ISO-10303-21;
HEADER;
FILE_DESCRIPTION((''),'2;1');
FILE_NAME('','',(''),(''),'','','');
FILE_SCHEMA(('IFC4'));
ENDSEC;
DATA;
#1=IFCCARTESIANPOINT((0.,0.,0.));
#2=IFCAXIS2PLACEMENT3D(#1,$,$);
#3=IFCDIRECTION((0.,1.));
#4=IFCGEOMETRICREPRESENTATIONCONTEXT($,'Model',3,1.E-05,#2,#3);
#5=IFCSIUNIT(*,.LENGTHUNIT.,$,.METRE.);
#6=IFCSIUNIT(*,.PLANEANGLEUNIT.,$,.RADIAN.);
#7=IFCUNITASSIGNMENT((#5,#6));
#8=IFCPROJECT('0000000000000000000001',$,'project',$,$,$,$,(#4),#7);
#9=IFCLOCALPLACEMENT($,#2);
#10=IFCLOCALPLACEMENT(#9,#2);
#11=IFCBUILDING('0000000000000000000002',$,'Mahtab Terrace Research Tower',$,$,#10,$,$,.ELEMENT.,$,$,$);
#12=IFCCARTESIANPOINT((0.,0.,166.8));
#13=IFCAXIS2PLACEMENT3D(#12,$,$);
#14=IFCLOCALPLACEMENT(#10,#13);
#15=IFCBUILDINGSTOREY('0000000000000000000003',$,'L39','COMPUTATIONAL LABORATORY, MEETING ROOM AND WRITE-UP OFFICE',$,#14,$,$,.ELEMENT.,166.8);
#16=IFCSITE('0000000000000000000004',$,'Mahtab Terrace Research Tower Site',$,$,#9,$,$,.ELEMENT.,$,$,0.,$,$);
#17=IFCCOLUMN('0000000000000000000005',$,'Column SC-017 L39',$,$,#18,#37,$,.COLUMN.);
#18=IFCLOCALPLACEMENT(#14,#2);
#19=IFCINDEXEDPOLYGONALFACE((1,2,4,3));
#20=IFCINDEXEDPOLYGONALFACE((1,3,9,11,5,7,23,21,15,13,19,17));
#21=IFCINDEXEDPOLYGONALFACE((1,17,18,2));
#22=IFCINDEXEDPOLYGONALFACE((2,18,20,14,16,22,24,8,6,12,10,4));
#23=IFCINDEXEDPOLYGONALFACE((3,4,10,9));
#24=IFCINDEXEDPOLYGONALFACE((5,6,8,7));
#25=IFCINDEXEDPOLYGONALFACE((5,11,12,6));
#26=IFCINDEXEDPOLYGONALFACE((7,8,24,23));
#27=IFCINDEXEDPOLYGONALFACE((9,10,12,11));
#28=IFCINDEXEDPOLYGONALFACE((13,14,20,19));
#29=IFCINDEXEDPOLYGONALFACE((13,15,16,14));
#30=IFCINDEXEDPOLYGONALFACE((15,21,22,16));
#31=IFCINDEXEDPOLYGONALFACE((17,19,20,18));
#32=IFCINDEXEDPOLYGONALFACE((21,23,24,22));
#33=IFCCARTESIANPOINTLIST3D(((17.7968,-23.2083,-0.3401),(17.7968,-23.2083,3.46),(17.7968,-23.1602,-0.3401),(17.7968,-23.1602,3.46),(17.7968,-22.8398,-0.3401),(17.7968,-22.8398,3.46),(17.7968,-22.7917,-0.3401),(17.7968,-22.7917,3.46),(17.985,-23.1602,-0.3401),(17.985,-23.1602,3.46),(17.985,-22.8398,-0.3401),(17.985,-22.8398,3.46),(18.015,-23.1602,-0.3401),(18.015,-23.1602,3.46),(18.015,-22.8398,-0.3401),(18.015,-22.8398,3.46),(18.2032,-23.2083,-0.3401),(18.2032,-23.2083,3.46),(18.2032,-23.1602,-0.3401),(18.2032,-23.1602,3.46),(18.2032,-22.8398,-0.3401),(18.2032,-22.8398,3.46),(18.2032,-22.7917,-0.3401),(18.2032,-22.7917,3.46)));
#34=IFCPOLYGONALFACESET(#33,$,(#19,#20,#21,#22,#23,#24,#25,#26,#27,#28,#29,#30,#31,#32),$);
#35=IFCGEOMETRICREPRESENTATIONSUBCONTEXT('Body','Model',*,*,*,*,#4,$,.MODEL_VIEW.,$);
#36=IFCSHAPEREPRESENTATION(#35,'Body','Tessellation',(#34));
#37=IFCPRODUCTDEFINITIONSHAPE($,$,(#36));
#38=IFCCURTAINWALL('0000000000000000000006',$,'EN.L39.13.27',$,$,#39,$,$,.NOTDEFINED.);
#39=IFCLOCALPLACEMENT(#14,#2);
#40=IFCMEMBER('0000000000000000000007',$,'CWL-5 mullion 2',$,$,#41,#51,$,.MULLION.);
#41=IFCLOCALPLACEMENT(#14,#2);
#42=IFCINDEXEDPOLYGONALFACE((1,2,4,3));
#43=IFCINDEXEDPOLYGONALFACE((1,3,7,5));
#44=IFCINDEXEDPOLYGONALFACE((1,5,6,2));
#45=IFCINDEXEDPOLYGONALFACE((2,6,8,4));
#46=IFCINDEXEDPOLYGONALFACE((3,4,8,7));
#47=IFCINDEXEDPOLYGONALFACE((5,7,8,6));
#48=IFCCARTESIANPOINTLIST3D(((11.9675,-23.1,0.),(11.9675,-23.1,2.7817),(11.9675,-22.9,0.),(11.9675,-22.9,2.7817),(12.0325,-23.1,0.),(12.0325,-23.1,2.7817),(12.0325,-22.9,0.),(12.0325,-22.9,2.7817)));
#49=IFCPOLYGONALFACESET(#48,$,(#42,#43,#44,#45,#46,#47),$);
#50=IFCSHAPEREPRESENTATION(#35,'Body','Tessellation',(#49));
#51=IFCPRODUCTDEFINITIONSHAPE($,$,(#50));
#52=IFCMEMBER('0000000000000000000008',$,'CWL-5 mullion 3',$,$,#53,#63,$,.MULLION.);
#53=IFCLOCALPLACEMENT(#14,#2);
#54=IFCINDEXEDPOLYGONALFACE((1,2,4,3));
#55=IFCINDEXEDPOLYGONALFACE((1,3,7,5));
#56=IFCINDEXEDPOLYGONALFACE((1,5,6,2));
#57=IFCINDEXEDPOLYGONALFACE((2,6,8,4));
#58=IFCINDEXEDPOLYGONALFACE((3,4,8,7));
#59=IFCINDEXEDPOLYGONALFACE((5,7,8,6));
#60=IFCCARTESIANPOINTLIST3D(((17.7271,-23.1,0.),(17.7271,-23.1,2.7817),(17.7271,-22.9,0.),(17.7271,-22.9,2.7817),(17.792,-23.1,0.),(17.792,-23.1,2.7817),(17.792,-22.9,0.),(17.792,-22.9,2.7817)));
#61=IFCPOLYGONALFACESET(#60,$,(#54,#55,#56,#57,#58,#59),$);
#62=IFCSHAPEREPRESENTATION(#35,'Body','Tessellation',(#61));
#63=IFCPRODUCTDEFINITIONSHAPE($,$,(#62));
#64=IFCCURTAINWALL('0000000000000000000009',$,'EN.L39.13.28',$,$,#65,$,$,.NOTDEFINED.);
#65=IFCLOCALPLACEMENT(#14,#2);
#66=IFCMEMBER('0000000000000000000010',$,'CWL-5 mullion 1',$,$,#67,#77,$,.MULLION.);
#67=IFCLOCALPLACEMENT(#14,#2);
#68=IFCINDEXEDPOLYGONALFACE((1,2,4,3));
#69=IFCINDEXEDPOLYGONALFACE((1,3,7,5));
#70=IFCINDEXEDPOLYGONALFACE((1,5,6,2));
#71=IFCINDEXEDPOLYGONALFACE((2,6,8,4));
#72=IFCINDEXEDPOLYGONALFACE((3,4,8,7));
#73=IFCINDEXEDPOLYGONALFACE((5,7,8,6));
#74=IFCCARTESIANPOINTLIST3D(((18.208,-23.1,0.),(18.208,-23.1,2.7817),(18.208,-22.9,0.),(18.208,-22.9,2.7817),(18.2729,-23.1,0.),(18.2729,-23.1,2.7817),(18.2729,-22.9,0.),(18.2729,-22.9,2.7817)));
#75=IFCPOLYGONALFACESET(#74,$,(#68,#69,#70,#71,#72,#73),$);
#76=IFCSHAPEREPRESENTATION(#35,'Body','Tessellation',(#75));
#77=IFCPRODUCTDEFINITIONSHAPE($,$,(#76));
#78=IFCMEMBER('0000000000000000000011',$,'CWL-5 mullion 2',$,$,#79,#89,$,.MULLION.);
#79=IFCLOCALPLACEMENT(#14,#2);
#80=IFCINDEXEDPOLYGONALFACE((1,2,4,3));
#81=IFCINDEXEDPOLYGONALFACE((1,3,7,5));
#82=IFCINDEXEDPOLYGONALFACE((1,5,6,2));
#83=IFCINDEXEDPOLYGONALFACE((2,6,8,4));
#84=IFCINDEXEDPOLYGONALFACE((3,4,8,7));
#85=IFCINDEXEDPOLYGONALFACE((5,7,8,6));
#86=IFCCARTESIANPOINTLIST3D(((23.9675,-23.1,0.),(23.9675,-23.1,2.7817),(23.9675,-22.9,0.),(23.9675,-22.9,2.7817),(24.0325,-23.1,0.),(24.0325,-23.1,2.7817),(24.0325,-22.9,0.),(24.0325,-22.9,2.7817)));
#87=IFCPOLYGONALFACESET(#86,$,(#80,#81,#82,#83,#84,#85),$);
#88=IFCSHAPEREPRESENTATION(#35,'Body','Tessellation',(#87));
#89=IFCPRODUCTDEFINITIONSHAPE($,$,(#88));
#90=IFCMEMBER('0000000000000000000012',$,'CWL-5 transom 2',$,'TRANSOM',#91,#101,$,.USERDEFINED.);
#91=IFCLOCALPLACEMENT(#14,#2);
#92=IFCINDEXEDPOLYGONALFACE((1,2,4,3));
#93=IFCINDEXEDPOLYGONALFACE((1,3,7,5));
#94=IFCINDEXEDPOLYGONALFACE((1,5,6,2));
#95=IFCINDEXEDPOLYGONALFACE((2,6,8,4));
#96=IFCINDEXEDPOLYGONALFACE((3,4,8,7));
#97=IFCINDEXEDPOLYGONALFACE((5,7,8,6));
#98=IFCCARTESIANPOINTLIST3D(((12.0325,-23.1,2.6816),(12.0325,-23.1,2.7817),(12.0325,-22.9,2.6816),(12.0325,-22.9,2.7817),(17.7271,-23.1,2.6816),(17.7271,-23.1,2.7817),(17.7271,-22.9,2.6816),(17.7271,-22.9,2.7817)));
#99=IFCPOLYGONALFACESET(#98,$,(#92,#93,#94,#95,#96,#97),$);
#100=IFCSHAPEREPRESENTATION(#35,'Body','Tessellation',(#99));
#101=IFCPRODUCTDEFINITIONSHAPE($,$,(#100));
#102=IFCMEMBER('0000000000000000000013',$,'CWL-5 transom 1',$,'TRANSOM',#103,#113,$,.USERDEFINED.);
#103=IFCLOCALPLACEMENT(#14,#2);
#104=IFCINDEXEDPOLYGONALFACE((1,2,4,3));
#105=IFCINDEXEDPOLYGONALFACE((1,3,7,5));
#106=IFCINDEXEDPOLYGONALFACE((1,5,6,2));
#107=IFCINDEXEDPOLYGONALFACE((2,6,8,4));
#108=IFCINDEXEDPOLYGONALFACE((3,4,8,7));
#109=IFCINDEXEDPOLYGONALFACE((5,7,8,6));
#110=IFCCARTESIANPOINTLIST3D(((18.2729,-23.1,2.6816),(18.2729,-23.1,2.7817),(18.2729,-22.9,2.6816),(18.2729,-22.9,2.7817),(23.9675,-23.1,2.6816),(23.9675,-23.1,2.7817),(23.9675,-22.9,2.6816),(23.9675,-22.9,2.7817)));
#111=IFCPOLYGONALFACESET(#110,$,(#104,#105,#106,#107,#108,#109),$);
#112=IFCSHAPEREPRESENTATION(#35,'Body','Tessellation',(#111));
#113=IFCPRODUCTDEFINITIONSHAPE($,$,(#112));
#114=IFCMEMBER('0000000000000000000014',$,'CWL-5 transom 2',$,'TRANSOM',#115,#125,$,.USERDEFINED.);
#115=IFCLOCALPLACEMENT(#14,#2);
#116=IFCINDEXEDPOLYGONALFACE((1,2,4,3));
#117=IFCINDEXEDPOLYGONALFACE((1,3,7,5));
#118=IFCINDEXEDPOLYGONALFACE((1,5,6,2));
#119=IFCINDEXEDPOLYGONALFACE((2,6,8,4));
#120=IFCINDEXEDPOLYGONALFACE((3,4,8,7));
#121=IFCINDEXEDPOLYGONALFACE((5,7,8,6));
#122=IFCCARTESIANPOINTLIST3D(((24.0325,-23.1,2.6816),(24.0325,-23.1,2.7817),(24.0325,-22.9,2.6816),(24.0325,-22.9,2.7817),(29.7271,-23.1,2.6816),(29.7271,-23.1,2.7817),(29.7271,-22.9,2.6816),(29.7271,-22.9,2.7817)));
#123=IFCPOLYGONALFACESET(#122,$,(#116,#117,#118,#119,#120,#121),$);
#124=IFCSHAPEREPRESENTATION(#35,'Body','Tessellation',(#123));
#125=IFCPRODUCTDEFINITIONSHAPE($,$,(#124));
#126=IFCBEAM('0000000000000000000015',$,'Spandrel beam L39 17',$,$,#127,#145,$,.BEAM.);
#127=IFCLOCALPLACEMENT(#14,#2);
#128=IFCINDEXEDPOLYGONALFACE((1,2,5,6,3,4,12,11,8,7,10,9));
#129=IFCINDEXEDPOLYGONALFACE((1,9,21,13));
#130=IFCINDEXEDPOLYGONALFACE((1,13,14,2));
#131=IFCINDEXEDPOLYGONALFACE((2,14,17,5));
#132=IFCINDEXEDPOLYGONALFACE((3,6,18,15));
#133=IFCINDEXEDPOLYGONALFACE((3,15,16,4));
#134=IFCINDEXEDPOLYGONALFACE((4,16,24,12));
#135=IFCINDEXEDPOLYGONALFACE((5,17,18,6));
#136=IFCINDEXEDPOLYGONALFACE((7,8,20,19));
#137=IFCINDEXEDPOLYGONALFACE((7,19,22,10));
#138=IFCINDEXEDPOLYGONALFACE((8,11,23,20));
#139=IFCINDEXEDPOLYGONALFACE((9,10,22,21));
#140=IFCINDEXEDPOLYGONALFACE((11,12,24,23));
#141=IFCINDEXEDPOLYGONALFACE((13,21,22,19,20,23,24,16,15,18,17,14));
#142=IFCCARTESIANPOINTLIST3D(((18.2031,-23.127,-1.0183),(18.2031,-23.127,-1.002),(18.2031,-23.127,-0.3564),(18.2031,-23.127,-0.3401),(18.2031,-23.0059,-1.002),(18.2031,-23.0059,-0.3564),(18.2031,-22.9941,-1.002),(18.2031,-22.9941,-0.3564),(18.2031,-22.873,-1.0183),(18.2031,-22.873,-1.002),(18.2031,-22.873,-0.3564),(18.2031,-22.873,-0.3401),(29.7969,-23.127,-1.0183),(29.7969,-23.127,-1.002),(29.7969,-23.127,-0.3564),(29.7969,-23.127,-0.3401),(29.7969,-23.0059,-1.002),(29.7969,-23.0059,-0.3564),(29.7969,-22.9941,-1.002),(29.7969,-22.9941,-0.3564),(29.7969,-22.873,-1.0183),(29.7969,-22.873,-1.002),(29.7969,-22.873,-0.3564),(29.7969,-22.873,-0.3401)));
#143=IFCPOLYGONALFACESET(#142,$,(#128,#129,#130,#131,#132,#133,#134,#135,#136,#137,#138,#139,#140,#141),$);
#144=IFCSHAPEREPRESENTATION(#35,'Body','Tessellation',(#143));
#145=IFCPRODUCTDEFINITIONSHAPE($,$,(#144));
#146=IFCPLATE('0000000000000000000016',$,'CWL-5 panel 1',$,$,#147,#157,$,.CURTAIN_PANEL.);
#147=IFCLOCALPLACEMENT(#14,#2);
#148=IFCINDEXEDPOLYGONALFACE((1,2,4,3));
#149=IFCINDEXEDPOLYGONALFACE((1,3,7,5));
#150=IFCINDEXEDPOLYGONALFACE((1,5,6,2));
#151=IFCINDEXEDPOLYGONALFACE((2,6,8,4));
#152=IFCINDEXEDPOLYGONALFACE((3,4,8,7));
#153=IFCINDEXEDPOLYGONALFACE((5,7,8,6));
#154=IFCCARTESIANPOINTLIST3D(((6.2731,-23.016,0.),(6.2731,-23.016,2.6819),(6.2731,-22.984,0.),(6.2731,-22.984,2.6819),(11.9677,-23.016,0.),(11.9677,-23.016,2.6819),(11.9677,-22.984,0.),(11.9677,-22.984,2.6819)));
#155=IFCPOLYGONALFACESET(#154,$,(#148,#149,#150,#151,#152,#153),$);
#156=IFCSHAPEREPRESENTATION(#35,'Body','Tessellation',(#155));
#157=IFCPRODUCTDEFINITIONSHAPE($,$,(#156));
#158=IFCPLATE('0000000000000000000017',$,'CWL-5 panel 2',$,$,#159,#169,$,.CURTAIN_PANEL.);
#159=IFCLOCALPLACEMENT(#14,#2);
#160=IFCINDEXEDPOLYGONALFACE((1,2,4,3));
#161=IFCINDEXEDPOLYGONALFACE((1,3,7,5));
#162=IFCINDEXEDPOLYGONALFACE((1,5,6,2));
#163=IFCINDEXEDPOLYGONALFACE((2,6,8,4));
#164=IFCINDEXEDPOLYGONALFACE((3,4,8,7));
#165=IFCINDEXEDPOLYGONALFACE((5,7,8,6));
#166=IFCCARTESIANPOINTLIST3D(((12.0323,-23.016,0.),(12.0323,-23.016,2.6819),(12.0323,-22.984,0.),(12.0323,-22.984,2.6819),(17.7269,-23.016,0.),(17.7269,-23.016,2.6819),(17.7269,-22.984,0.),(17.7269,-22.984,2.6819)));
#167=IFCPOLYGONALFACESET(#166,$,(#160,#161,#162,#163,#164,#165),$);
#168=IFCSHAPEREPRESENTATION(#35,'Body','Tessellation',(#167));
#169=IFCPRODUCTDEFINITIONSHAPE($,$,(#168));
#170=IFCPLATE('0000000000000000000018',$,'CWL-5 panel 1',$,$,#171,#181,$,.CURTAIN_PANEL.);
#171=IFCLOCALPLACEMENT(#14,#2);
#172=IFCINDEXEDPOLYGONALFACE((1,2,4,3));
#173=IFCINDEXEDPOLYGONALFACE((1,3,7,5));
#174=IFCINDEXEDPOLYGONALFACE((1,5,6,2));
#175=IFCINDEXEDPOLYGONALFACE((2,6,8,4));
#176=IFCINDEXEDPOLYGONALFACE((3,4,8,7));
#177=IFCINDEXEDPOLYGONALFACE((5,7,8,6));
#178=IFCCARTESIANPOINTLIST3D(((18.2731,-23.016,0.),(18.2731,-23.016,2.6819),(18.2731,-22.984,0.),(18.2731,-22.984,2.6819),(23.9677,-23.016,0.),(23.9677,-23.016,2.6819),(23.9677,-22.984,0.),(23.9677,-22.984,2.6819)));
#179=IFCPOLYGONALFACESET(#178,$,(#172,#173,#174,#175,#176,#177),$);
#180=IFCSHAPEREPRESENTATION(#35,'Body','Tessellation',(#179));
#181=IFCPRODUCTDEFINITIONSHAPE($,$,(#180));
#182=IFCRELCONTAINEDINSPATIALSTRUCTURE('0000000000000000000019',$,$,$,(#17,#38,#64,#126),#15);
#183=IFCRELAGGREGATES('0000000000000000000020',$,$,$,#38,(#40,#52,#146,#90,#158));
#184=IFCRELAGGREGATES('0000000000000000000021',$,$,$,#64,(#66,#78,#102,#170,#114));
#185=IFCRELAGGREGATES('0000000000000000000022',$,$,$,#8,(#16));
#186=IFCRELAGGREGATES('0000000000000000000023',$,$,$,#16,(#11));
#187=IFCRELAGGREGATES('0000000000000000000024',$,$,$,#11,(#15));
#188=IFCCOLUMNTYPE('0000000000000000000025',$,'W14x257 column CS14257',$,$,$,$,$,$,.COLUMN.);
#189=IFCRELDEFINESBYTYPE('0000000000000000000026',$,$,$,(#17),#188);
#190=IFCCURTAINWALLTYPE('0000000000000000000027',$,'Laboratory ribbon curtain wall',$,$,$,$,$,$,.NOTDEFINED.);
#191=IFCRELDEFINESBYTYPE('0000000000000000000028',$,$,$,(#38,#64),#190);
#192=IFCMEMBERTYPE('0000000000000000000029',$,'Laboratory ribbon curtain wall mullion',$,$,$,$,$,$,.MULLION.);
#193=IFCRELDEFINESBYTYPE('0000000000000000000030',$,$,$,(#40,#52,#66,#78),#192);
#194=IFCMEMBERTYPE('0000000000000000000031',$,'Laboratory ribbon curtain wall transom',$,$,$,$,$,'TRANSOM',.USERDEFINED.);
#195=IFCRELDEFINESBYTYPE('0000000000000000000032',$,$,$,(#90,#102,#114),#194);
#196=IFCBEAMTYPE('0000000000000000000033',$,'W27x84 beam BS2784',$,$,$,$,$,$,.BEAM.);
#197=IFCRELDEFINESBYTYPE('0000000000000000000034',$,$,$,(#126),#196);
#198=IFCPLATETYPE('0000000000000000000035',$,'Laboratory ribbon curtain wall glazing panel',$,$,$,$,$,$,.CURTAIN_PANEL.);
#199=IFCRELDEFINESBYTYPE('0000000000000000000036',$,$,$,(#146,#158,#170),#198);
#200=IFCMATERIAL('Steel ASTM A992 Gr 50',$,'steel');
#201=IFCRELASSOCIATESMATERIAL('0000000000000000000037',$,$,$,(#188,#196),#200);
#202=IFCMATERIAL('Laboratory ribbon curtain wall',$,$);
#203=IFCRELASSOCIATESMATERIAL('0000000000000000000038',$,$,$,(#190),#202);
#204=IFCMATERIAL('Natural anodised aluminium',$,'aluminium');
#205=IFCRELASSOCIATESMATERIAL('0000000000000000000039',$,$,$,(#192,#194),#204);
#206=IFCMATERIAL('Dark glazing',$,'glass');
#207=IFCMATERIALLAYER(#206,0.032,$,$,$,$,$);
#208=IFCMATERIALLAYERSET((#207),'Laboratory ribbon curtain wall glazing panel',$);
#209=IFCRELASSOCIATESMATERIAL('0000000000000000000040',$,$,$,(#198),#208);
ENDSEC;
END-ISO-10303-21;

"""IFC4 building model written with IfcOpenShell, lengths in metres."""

from ifc_helpers import new_model, si_unit, direction, frame, origin, origin_2d, place, context, subcontext, project, spatial, rectangle, i_section, extrude, material, layer, layer_set, material_profile, profile_set, type_object, element, aggregate, save


model = new_model("IFC4")

# Units and contexts
model_context = context("Model", 3, precision=1e-05, world=origin(), true_north=direction((0.0, 1.0)))
body_context = subcontext(model_context, "Body", "Model", "MODEL_VIEW")
ifc_project = project(units=[si_unit("LENGTHUNIT", "METRE"), si_unit("PLANEANGLEUNIT", "RADIAN")], contexts=[model_context])

# Site, building, storey
site_placement = place(None, origin())
site = spatial("IfcSite", under=ifc_project, at=site_placement, Name="Mahtab Terrace Research Tower Site", CompositionType="ELEMENT", RefElevation=0.0)
building_placement = place(site_placement, origin())
building = spatial("IfcBuilding", under=site, at=building_placement, Name="Mahtab Terrace Research Tower", CompositionType="ELEMENT")
storey_placement = place(building_placement, frame((0.0, 0.0, 166.8)))
storey = spatial("IfcBuildingStorey", under=building, at=storey_placement, Name="L39", Description="COMPUTATIONAL LABORATORY, MEETING ROOM AND WRITE-UP OFFICE", CompositionType="ELEMENT", Elevation=166.8)

# Column
ifc_material_1 = material(Name="Steel ASTM A992 Gr 50", Category="steel")
ifc_material_profile_1 = material_profile(ifc_material_1, i_section(OverallWidth=0.4065, OverallDepth=0.4165, WebThickness=0.03, FlangeThickness=0.0481, at=origin_2d()), Name="W14X257")
ifc_profile_set_1 = profile_set([ifc_material_profile_1], Name="Steel ASTM A992 Gr 50")
column_type = type_object("IfcColumnType", Name="W14x257 column CS14257", PredefinedType="COLUMN", material=ifc_profile_set_1)
column_placement = place(storey_placement, frame((18.0, -23.0, -0.3401), z_axis=(0.0, 0.0, 1.0), x_axis=(1.0, 0.0, 0.0)))
element("IfcColumn", 1, at=column_placement, inside=storey, type_object=column_type, Name="Column SC-017 L39", PredefinedType="COLUMN", context=body_context, shape_type="SweptSolid", body=[
    extrude(i_section(OverallWidth=0.4065, OverallDepth=0.4165, WebThickness=0.03, FlangeThickness=0.0481, at=origin_2d()), origin(), (0.0, 0.0, 1.0), 3.8),
])

# Curtain walls, members
ifc_material_2 = material(Name="Laboratory ribbon curtain wall")
curtain_wall_type = type_object("IfcCurtainWallType", Name="Laboratory ribbon curtain wall", PredefinedType="NOTDEFINED", material=ifc_material_2)
curtain_wall_1_placement = place(storey_placement, origin())
curtain_wall_1 = element("IfcCurtainWall", 2, at=curtain_wall_1_placement, inside=storey, type_object=curtain_wall_type, Name="EN.L39.13.27", PredefinedType="NOTDEFINED")
ifc_material_3 = material(Name="Natural anodised aluminium", Category="aluminium")
ifc_material_profile_2 = material_profile(ifc_material_3, rectangle(XDim=0.2, YDim=0.0649, at=origin_2d()), Name="MULLION 65x200")
ifc_profile_set_2 = profile_set([ifc_material_profile_2], Name="Natural anodised aluminium")
member_type_1 = type_object("IfcMemberType", Name="Laboratory ribbon curtain wall mullion", PredefinedType="MULLION", material=ifc_profile_set_2)
member_1_placement = place(storey_placement, frame((12.0, -23.0, 0.0), z_axis=(0.0, 0.0, 1.0), x_axis=(0.0, 1.0, 0.0)))
member_1 = element("IfcMember", 3, at=member_1_placement, type_object=member_type_1, Name="CWL-5 mullion 2", PredefinedType="MULLION", context=body_context, shape_type="SweptSolid", body=[
    extrude(rectangle(XDim=0.2, YDim=0.0649, at=origin_2d()), origin(), (0.0, 0.0, 1.0), 2.7817),
])
member_2_placement = place(storey_placement, frame((17.7595, -23.0, 0.0), z_axis=(0.0, 0.0, 1.0), x_axis=(0.0, 1.0, 0.0)))
member_2 = element("IfcMember", 4, at=member_2_placement, type_object=member_type_1, Name="CWL-5 mullion 3", PredefinedType="MULLION", context=body_context, shape_type="SweptSolid", body=[
    extrude(rectangle(XDim=0.2, YDim=0.0649, at=origin_2d()), origin(), (0.0, 0.0, 1.0), 2.7817),
])
curtain_wall_2_placement = place(storey_placement, origin())
curtain_wall_2 = element("IfcCurtainWall", 5, at=curtain_wall_2_placement, inside=storey, type_object=curtain_wall_type, Name="EN.L39.13.28", PredefinedType="NOTDEFINED")
member_3_placement = place(storey_placement, frame((18.2405, -23.0, 0.0), z_axis=(0.0, 0.0, 1.0), x_axis=(0.0, 1.0, 0.0)))
member_3 = element("IfcMember", 6, at=member_3_placement, type_object=member_type_1, Name="CWL-5 mullion 1", PredefinedType="MULLION", context=body_context, shape_type="SweptSolid", body=[
    extrude(rectangle(XDim=0.2, YDim=0.0649, at=origin_2d()), origin(), (0.0, 0.0, 1.0), 2.7817),
])
member_4_placement = place(storey_placement, frame((24.0, -23.0, 0.0), z_axis=(0.0, 0.0, 1.0), x_axis=(0.0, 1.0, 0.0)))
member_4 = element("IfcMember", 7, at=member_4_placement, type_object=member_type_1, Name="CWL-5 mullion 2", PredefinedType="MULLION", context=body_context, shape_type="SweptSolid", body=[
    extrude(rectangle(XDim=0.2, YDim=0.0649, at=origin_2d()), origin(), (0.0, 0.0, 1.0), 2.7817),
])

# Members
ifc_material_profile_3 = material_profile(ifc_material_3, rectangle(XDim=0.2, YDim=0.1001, at=origin_2d()), Name="TRANSOM 100x200")
ifc_profile_set_3 = profile_set([ifc_material_profile_3], Name="Natural anodised aluminium")
member_type_2 = type_object("IfcMemberType", Name="Laboratory ribbon curtain wall transom", ElementType="TRANSOM", PredefinedType="USERDEFINED", material=ifc_profile_set_3)
member_5_placement = place(storey_placement, frame((12.0325, -23.0, 2.7317), z_axis=(1.0, 0.0, 0.0), x_axis=(0.0, 1.0, 0.0)))
member_5 = element("IfcMember", 8, at=member_5_placement, type_object=member_type_2, Name="CWL-5 transom 2", ObjectType="TRANSOM", PredefinedType="USERDEFINED", context=body_context, shape_type="SweptSolid", body=[
    extrude(rectangle(XDim=0.2, YDim=0.1001, at=origin_2d()), origin(), (0.0, 0.0, 1.0), 5.6946),
])
member_6_placement = place(storey_placement, frame((18.2729, -23.0, 2.7317), z_axis=(1.0, 0.0, 0.0), x_axis=(0.0, 1.0, 0.0)))
member_6 = element("IfcMember", 9, at=member_6_placement, type_object=member_type_2, Name="CWL-5 transom 1", ObjectType="TRANSOM", PredefinedType="USERDEFINED", context=body_context, shape_type="SweptSolid", body=[
    extrude(rectangle(XDim=0.2, YDim=0.1001, at=origin_2d()), origin(), (0.0, 0.0, 1.0), 5.6946),
])
member_7_placement = place(storey_placement, frame((24.0325, -23.0, 2.7317), z_axis=(1.0, 0.0, 0.0), x_axis=(0.0, 1.0, 0.0)))
member_7 = element("IfcMember", 10, at=member_7_placement, type_object=member_type_2, Name="CWL-5 transom 2", ObjectType="TRANSOM", PredefinedType="USERDEFINED", context=body_context, shape_type="SweptSolid", body=[
    extrude(rectangle(XDim=0.2, YDim=0.1001, at=origin_2d()), origin(), (0.0, 0.0, 1.0), 5.6946),
])

# Beam
ifc_material_profile_4 = material_profile(ifc_material_1, i_section(OverallWidth=0.2539, OverallDepth=0.6782, WebThickness=0.0117, FlangeThickness=0.0164, at=origin_2d()), Name="W27X84")
ifc_profile_set_4 = profile_set([ifc_material_profile_4], Name="Steel ASTM A992 Gr 50")
beam_type = type_object("IfcBeamType", Name="W27x84 beam BS2784", PredefinedType="BEAM", material=ifc_profile_set_4)
beam_placement = place(storey_placement, frame((18.2031, -23.0, -0.6792), z_axis=(1.0, 0.0, 0.0), x_axis=(0.0, 1.0, 0.0)))
element("IfcBeam", 11, at=beam_placement, inside=storey, type_object=beam_type, Name="Spandrel beam L39 17", PredefinedType="BEAM", context=body_context, shape_type="SweptSolid", body=[
    extrude(i_section(OverallWidth=0.2539, OverallDepth=0.6782, WebThickness=0.0117, FlangeThickness=0.0164, at=origin_2d()), origin(), (0.0, 0.0, 1.0), 11.5938),
])

# Plates
ifc_material_4 = material(Name="Dark glazing", Category="glass")
ifc_layer = layer(ifc_material_4, 0.032)
ifc_layer_set = layer_set([ifc_layer], Name="Laboratory ribbon curtain wall glazing panel")
plate_type = type_object("IfcPlateType", Name="Laboratory ribbon curtain wall glazing panel", PredefinedType="CURTAIN_PANEL", material=ifc_layer_set)
plate_1_placement = place(storey_placement, frame((9.1204, -23.0, 0.0), z_axis=(0.0, 0.0, 1.0), x_axis=(1.0, 0.0, 0.0)))
plate_1 = element("IfcPlate", 12, at=plate_1_placement, type_object=plate_type, Name="CWL-5 panel 1", PredefinedType="CURTAIN_PANEL", context=body_context, shape_type="SweptSolid", body=[
    extrude(rectangle(XDim=5.6946, YDim=0.032, at=origin_2d()), origin(), (0.0, 0.0, 1.0), 2.6819),
])
plate_2_placement = place(storey_placement, frame((14.8796, -23.0, 0.0), z_axis=(0.0, 0.0, 1.0), x_axis=(1.0, 0.0, 0.0)))
plate_2 = element("IfcPlate", 13, at=plate_2_placement, type_object=plate_type, Name="CWL-5 panel 2", PredefinedType="CURTAIN_PANEL", context=body_context, shape_type="SweptSolid", body=[
    extrude(rectangle(XDim=5.6946, YDim=0.032, at=origin_2d()), origin(), (0.0, 0.0, 1.0), 2.6819),
])
aggregate(curtain_wall_1, [member_1, member_2, plate_1, member_5, plate_2])
plate_3_placement = place(storey_placement, frame((21.1204, -23.0, 0.0), z_axis=(0.0, 0.0, 1.0), x_axis=(1.0, 0.0, 0.0)))
plate_3 = element("IfcPlate", 14, at=plate_3_placement, type_object=plate_type, Name="CWL-5 panel 1", PredefinedType="CURTAIN_PANEL", context=body_context, shape_type="SweptSolid", body=[
    extrude(rectangle(XDim=5.6946, YDim=0.032, at=origin_2d()), origin(), (0.0, 0.0, 1.0), 2.6819),
])
aggregate(curtain_wall_2, [member_3, member_4, member_6, plate_3, member_7])

save(model, "model.ifc")
